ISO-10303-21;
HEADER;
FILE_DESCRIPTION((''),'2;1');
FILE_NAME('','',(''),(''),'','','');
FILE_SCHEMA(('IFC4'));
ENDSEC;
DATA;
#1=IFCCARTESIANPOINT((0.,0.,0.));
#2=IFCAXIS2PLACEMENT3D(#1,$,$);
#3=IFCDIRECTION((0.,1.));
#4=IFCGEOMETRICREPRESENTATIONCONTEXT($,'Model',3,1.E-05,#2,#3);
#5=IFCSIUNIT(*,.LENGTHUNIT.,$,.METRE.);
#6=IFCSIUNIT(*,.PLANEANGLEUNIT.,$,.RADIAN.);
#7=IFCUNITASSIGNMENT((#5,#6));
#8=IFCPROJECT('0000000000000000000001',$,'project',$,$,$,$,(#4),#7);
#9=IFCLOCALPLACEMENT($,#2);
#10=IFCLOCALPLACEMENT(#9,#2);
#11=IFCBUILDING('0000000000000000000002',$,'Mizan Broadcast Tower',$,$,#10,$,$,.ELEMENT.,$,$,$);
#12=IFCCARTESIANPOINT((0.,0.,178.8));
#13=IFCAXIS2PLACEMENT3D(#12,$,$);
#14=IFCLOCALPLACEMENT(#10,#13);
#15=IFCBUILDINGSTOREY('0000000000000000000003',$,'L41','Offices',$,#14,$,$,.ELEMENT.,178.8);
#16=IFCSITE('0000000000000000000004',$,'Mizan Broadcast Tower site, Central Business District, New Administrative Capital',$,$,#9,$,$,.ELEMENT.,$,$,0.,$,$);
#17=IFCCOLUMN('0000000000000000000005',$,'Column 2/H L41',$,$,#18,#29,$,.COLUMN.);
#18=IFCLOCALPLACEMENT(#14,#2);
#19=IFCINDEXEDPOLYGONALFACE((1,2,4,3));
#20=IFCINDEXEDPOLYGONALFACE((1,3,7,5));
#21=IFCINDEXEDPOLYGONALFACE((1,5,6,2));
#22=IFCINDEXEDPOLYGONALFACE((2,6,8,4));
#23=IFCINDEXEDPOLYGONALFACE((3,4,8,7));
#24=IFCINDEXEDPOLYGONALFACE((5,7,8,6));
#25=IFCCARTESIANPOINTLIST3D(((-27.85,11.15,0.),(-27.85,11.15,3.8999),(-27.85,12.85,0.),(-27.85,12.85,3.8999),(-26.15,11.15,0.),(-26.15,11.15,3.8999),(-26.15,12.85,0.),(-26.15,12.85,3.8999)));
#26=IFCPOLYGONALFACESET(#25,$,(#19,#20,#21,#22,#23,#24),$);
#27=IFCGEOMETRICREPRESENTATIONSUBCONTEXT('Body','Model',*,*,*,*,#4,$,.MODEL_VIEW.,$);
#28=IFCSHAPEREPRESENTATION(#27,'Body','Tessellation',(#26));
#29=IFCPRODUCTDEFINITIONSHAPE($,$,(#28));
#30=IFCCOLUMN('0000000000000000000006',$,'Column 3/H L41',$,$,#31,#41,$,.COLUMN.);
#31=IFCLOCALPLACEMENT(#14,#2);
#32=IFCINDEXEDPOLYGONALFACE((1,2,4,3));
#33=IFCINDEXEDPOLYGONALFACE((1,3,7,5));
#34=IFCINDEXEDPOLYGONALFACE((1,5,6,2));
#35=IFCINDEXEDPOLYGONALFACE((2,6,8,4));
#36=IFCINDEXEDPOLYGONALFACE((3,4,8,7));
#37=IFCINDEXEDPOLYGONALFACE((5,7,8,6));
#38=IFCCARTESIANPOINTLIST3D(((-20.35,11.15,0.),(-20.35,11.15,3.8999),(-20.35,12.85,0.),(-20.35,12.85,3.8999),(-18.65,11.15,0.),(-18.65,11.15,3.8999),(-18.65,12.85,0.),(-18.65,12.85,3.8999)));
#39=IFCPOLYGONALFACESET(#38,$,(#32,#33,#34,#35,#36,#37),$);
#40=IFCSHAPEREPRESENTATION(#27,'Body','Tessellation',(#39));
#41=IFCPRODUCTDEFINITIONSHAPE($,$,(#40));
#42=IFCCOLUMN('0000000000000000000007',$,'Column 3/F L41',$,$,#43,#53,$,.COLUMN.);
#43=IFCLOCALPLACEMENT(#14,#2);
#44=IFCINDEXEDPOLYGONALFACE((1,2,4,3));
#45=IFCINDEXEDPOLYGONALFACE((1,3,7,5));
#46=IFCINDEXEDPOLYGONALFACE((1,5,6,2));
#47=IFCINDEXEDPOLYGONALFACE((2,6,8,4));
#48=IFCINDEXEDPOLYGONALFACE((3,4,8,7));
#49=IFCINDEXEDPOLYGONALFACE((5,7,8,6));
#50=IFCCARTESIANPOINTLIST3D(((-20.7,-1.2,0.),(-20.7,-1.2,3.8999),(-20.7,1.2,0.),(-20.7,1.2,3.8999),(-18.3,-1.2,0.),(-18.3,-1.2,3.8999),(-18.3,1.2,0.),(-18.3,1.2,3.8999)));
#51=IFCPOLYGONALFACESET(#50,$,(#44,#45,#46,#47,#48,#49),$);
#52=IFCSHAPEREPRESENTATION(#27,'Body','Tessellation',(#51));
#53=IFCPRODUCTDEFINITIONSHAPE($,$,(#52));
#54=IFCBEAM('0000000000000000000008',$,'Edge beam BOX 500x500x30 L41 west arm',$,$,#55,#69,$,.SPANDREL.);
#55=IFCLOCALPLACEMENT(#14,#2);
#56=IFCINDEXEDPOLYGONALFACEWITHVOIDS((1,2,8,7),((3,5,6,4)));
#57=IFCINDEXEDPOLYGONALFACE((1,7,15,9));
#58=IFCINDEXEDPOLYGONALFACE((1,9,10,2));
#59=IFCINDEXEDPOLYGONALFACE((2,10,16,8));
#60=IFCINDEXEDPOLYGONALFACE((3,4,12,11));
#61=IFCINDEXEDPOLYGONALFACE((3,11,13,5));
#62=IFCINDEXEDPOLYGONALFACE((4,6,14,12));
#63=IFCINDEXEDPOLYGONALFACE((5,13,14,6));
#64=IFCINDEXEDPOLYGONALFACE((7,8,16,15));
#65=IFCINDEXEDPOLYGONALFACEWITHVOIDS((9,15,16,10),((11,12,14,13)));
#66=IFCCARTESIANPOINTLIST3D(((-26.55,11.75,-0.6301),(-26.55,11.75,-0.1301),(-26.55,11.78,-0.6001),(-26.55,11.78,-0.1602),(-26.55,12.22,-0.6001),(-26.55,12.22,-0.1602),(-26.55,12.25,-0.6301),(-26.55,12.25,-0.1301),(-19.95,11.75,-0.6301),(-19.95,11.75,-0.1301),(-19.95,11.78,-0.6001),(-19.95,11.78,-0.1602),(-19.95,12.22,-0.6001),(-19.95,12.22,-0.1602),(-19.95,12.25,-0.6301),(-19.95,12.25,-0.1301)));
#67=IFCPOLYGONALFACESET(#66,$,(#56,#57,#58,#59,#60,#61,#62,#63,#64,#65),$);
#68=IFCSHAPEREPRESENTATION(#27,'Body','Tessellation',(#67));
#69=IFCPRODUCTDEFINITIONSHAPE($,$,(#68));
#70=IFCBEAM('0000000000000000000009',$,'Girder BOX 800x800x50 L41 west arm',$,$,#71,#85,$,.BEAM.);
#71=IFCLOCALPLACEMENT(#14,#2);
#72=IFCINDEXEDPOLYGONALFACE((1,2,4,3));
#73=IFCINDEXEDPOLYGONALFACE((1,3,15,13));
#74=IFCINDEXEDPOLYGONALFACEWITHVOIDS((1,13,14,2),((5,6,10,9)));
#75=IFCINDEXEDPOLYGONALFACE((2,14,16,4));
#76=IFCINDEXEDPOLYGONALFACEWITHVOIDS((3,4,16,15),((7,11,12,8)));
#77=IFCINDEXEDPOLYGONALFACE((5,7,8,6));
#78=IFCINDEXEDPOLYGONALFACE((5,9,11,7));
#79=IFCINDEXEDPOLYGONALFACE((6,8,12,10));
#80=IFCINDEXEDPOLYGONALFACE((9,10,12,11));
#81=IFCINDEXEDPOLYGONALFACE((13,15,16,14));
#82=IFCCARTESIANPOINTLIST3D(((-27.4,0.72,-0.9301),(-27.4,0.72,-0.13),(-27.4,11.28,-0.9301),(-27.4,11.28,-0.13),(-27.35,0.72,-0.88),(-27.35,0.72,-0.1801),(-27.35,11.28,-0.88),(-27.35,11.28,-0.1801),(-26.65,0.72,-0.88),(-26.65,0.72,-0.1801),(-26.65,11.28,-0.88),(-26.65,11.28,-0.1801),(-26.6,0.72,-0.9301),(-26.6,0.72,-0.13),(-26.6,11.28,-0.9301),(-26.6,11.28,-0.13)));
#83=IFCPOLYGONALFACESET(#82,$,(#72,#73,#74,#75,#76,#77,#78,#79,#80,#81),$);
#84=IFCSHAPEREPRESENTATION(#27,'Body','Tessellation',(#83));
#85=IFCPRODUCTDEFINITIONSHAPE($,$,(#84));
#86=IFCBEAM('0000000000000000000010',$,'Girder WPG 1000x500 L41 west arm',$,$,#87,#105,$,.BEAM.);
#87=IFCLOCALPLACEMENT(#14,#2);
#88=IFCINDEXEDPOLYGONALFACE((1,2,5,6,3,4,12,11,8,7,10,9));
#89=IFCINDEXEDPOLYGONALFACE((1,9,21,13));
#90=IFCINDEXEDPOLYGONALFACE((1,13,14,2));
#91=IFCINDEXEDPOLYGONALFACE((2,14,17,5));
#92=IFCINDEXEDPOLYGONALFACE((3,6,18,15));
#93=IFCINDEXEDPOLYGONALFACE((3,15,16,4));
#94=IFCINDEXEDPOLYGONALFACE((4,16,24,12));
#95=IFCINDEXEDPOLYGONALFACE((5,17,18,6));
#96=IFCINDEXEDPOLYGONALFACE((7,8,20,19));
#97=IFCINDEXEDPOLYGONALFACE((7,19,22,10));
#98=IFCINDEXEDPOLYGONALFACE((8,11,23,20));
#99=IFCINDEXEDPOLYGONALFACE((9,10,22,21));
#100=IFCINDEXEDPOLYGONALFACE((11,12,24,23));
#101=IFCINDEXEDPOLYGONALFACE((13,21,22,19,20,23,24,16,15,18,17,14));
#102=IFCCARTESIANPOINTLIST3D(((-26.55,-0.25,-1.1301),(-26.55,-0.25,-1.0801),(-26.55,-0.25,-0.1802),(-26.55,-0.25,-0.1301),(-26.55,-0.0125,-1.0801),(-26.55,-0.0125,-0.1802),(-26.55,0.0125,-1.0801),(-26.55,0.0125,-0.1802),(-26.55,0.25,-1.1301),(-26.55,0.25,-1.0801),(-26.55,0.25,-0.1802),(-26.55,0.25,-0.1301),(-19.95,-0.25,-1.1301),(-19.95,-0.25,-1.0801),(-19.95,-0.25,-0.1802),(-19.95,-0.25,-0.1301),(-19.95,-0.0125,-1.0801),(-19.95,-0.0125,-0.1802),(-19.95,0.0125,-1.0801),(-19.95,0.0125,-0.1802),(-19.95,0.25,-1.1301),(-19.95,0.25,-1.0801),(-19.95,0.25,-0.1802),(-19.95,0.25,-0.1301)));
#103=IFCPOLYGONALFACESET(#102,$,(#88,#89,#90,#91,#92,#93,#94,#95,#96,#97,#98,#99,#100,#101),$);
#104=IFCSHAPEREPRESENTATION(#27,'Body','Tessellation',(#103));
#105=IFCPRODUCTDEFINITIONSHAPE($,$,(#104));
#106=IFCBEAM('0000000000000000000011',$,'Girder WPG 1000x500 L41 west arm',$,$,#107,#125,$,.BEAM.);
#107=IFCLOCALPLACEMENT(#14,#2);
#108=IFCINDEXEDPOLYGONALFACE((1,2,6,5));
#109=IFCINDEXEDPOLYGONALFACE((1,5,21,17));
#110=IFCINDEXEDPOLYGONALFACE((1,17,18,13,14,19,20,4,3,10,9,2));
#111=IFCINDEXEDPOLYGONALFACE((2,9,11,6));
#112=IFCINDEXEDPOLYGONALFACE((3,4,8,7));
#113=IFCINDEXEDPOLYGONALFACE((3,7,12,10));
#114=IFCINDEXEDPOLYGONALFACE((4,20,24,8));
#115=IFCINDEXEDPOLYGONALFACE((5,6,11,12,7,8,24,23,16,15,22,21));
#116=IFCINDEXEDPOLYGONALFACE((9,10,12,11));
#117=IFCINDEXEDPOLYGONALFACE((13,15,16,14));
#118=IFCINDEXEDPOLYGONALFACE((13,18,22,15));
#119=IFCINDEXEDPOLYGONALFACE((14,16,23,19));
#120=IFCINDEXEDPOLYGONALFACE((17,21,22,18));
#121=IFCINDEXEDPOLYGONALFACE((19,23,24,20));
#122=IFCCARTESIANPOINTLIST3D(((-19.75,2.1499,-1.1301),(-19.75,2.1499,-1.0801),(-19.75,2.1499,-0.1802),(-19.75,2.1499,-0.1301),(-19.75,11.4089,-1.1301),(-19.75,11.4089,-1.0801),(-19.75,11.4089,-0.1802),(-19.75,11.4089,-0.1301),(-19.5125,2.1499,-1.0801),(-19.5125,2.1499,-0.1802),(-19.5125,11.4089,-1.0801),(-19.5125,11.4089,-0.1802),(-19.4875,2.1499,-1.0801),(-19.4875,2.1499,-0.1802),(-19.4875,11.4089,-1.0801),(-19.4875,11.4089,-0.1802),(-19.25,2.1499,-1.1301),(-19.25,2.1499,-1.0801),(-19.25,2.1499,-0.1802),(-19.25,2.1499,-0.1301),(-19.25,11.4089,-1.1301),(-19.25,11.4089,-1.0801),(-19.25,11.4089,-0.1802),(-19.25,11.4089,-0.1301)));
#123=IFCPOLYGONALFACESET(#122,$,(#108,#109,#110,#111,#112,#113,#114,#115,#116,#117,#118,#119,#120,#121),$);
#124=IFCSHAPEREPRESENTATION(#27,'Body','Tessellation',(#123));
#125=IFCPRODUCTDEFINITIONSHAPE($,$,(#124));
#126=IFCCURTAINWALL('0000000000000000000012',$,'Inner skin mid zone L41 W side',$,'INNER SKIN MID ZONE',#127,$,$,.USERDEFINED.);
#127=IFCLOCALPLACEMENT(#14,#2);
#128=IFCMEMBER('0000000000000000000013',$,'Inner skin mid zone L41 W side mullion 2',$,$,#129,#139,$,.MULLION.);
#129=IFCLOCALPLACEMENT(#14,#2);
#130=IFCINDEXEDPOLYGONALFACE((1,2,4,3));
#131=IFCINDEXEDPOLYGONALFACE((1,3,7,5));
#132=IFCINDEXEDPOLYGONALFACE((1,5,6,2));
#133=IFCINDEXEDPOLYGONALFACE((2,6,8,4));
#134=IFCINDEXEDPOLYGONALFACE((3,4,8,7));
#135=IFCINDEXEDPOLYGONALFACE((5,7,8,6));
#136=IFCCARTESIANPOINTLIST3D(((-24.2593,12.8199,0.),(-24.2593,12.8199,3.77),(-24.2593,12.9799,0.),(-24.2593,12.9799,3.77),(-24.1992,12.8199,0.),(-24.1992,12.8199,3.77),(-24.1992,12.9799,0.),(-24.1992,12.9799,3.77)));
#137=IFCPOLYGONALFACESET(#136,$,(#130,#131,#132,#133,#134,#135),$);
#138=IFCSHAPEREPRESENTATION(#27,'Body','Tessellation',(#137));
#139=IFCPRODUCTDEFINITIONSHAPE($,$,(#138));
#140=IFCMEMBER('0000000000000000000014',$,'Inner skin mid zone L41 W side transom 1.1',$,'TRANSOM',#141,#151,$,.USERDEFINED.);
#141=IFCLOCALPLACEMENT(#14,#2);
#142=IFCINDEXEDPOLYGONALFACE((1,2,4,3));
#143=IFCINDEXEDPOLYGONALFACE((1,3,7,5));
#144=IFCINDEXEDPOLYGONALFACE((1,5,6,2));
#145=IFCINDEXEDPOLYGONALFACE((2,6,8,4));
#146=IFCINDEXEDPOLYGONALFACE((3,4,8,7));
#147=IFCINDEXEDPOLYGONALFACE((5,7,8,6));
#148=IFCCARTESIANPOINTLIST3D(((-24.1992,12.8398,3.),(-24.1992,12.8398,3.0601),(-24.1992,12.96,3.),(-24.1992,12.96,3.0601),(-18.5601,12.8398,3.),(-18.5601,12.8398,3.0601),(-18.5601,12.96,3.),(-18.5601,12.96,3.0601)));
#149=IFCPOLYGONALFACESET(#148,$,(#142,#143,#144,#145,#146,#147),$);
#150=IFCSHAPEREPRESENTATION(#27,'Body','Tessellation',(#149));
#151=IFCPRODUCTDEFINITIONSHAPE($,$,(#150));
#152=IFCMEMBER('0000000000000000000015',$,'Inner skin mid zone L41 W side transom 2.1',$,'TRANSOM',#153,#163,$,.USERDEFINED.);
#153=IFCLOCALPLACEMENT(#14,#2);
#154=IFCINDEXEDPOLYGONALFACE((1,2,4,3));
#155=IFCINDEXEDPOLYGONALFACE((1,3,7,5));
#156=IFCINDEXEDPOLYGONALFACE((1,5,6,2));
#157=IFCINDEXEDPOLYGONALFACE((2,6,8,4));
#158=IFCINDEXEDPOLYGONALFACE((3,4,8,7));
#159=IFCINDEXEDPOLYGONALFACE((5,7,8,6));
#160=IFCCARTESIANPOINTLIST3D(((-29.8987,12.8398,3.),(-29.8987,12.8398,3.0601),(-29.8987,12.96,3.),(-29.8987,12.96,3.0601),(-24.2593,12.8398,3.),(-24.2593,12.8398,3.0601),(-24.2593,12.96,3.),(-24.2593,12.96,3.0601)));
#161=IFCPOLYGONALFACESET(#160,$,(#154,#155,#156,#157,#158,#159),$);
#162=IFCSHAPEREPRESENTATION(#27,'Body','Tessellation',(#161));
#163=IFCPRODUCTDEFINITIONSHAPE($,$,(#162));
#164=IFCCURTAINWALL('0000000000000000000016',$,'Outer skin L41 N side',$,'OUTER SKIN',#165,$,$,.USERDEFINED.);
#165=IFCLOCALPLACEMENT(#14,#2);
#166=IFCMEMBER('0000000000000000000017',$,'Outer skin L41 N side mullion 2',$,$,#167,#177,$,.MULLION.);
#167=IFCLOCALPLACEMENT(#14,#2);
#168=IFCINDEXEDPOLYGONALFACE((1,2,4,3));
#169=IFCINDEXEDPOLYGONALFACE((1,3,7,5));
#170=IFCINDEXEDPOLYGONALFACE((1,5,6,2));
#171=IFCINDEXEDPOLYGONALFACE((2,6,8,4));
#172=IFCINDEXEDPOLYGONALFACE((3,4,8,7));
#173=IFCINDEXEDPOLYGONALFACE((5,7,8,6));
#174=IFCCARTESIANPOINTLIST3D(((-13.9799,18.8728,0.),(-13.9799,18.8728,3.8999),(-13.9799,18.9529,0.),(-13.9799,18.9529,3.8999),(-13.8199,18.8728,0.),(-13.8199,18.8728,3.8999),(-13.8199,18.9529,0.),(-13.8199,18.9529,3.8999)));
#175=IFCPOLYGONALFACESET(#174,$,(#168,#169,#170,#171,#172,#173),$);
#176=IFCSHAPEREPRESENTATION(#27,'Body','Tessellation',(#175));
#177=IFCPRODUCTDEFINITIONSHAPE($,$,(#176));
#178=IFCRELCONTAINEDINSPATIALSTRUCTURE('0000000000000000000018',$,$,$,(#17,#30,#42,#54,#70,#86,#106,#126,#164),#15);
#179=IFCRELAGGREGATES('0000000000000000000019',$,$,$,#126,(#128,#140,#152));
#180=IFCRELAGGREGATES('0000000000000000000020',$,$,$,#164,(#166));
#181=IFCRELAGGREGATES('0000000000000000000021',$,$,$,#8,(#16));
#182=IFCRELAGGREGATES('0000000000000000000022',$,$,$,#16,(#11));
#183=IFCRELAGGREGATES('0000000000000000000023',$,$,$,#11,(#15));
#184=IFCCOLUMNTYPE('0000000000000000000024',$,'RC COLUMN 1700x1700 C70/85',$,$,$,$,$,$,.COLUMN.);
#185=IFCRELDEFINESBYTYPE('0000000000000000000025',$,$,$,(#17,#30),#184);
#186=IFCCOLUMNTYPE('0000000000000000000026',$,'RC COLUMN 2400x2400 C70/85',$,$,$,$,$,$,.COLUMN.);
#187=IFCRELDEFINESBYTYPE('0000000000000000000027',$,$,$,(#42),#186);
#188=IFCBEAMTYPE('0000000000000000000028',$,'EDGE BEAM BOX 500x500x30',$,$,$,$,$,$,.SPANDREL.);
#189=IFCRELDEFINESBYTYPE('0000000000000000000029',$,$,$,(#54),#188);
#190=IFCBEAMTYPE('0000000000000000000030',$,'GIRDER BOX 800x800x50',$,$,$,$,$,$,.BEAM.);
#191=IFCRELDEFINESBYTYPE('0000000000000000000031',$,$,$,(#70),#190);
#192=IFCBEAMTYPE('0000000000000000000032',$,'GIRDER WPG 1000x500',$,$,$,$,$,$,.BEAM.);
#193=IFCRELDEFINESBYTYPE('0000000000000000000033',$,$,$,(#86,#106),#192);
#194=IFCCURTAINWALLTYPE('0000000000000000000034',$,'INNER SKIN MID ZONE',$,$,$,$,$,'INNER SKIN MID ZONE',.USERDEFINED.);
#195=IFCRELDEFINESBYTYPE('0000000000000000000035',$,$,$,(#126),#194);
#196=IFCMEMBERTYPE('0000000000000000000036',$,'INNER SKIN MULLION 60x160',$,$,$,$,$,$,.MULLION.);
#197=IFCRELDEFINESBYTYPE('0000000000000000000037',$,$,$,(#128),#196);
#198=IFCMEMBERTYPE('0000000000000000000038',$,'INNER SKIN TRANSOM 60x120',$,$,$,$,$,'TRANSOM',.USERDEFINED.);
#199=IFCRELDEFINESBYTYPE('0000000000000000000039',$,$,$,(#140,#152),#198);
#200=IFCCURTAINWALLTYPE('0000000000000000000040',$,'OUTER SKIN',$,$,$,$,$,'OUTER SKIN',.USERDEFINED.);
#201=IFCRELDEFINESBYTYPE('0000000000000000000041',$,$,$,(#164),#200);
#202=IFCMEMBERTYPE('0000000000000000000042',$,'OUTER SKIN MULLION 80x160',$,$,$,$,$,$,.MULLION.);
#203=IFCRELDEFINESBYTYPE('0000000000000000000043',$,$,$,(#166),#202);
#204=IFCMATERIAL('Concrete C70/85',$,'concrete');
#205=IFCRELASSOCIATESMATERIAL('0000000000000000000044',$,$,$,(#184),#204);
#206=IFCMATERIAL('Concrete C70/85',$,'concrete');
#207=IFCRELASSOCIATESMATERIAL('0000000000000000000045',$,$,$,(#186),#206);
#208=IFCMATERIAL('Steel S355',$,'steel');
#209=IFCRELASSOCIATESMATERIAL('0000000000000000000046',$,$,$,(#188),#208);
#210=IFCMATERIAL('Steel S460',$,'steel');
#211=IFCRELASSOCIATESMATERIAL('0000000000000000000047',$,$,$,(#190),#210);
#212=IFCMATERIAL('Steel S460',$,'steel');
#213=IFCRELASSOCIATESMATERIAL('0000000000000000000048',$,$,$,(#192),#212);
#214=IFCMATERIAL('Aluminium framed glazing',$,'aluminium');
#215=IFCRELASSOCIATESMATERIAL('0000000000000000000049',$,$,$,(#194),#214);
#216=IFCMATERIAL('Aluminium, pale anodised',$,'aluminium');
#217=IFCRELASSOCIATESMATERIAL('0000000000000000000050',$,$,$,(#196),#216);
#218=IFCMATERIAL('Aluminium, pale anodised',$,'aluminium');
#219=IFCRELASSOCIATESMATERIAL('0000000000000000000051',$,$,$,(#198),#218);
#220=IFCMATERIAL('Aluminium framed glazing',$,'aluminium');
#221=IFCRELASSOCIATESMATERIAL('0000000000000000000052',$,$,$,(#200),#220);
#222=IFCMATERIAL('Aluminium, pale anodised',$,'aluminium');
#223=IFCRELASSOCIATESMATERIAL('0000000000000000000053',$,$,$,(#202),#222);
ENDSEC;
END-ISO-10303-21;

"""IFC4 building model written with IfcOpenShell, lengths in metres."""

from ifc_helpers import new_model, si_unit, direction, frame, origin, origin_2d, place, context, subcontext, project, spatial, rectangle, hollow_rectangle, i_section, extrude, material, material_profile, profile_set, type_object, element, aggregate, save


model = new_model("IFC4")

# Units and contexts
model_context = context("Model", 3, precision=1e-05, world=origin(), true_north=direction((0.0, 1.0)))
body_context = subcontext(model_context, "Body", "Model", "MODEL_VIEW")
ifc_project = project(units=[si_unit("LENGTHUNIT", "METRE"), si_unit("PLANEANGLEUNIT", "RADIAN")], contexts=[model_context])

# Site, building, storey
site_placement = place(None, origin())
site = spatial("IfcSite", under=ifc_project, at=site_placement, Name="Mizan Broadcast Tower site, Central Business District, New Administrative Capital", CompositionType="ELEMENT", RefElevation=0.0)
building_placement = place(site_placement, origin())
building = spatial("IfcBuilding", under=site, at=building_placement, Name="Mizan Broadcast Tower", CompositionType="ELEMENT")
storey_placement = place(building_placement, frame((0.0, 0.0, 178.8)))
storey = spatial("IfcBuildingStorey", under=building, at=storey_placement, Name="L41", Description="Offices", CompositionType="ELEMENT", Elevation=178.8)

# Columns
ifc_material_1 = material(Name="Concrete C70/85", Category="concrete")
ifc_material_profile_1 = material_profile(ifc_material_1, rectangle(XDim=1.7, YDim=1.7, at=origin_2d()), Name="RC 1700x1700")
ifc_profile_set_1 = profile_set([ifc_material_profile_1], Name="Concrete C70/85")
column_type_1 = type_object("IfcColumnType", Name="RC COLUMN 1700x1700 C70/85", PredefinedType="COLUMN", material=ifc_profile_set_1)
for number, where, z_axis, x_axis, name in (
    (1, (-27.0, 12.0, 0.0), (0.0, 0.0, 1.0), (1.0, 0.0, 0.0), "Column 2/H L41"),
    (2, (-19.5, 12.0, 0.0), (0.0, 0.0, 1.0), (1.0, 0.0, 0.0), "Column 3/H L41"),
):
    element("IfcColumn", number, at=place(storey_placement, frame(where, z_axis=z_axis, x_axis=x_axis)), inside=storey, type_object=column_type_1, Name=name, PredefinedType="COLUMN", context=body_context, shape_type="SweptSolid", body=[
        extrude(rectangle(XDim=1.7, YDim=1.7, at=origin_2d()), origin(), (0.0, 0.0, 1.0), 3.8999),
    ])
ifc_material_2 = material(Name="Concrete C70/85", Category="concrete")
ifc_material_profile_2 = material_profile(ifc_material_2, rectangle(XDim=2.3999, YDim=2.3999, at=origin_2d()), Name="RC 2400x2400")
ifc_profile_set_2 = profile_set([ifc_material_profile_2], Name="Concrete C70/85")
column_type_2 = type_object("IfcColumnType", Name="RC COLUMN 2400x2400 C70/85", PredefinedType="COLUMN", material=ifc_profile_set_2)
column_placement = place(storey_placement, frame((-19.5, 0.0, 0.0), z_axis=(0.0, 0.0, 1.0), x_axis=(1.0, 0.0, 0.0)))
element("IfcColumn", 3, at=column_placement, inside=storey, type_object=column_type_2, Name="Column 3/F L41", PredefinedType="COLUMN", context=body_context, shape_type="SweptSolid", body=[
    extrude(rectangle(XDim=2.3999, YDim=2.3999, at=origin_2d()), origin(), (0.0, 0.0, 1.0), 3.8999),
])

# Beams
ifc_material_3 = material(Name="Steel S355", Category="steel")
ifc_material_profile_3 = material_profile(ifc_material_3, hollow_rectangle(XDim=0.5, YDim=0.5, WallThickness=0.03, at=origin_2d()), Name="BOX 500x500x30")
ifc_profile_set_3 = profile_set([ifc_material_profile_3], Name="Steel S355")
beam_type_1 = type_object("IfcBeamType", Name="EDGE BEAM BOX 500x500x30", PredefinedType="SPANDREL", material=ifc_profile_set_3)
beam_1_placement = place(storey_placement, frame((-19.95, 12.0, -0.3801), z_axis=(-1.0, 0.0, 0.0), x_axis=(0.0, -1.0, 0.0)))
element("IfcBeam", 4, at=beam_1_placement, inside=storey, type_object=beam_type_1, Name="Edge beam BOX 500x500x30 L41 west arm", PredefinedType="SPANDREL", context=body_context, shape_type="SweptSolid", body=[
    extrude(hollow_rectangle(XDim=0.5, YDim=0.5, WallThickness=0.03, at=origin_2d()), origin(), (0.0, 0.0, 1.0), 6.6001),
])
ifc_material_4 = material(Name="Steel S460", Category="steel")
ifc_material_profile_4 = material_profile(ifc_material_4, hollow_rectangle(XDim=0.8, YDim=0.8, WallThickness=0.05, at=origin_2d()), Name="BOX 800x800x50")
ifc_profile_set_4 = profile_set([ifc_material_profile_4], Name="Steel S460")
beam_type_2 = type_object("IfcBeamType", Name="GIRDER BOX 800x800x50", PredefinedType="BEAM", material=ifc_profile_set_4)
beam_2_placement = place(storey_placement, frame((-27.0, 11.28, -0.53), z_axis=(0.0, -1.0, 0.0), x_axis=(1.0, 0.0, 0.0)))
element("IfcBeam", 5, at=beam_2_placement, inside=storey, type_object=beam_type_2, Name="Girder BOX 800x800x50 L41 west arm", PredefinedType="BEAM", context=body_context, shape_type="SweptSolid", body=[
    extrude(hollow_rectangle(XDim=0.8, YDim=0.8, WallThickness=0.05, at=origin_2d()), origin(), (0.0, 0.0, 1.0), 10.5601),
])
ifc_material_5 = material(Name="Steel S460", Category="steel")
ifc_material_profile_5 = material_profile(ifc_material_5, i_section(OverallWidth=0.5, OverallDepth=1.0, WebThickness=0.0249, FlangeThickness=0.05, at=origin_2d()), Name="WPG 1000x500")
ifc_profile_set_5 = profile_set([ifc_material_profile_5], Name="Steel S460")
beam_type_3 = type_object("IfcBeamType", Name="GIRDER WPG 1000x500", PredefinedType="BEAM", material=ifc_profile_set_5)
beam_3_placement = place(storey_placement, frame((-19.95, 0.0, -0.6301), z_axis=(-1.0, 0.0, 0.0), x_axis=(0.0, -1.0, 0.0)))
element("IfcBeam", 6, at=beam_3_placement, inside=storey, type_object=beam_type_3, Name="Girder WPG 1000x500 L41 west arm", PredefinedType="BEAM", context=body_context, shape_type="SweptSolid", body=[
    extrude(i_section(OverallWidth=0.5, OverallDepth=1.0, WebThickness=0.0249, FlangeThickness=0.05, at=origin_2d()), origin(), (0.0, 0.0, 1.0), 6.6001),
])
beam_4_placement = place(storey_placement, frame((-19.5, 11.4089, -0.6301), z_axis=(0.0, -1.0, 0.0), x_axis=(1.0, 0.0, 0.0)))
element("IfcBeam", 7, at=beam_4_placement, inside=storey, type_object=beam_type_3, Name="Girder WPG 1000x500 L41 west arm", PredefinedType="BEAM", context=body_context, shape_type="SweptSolid", body=[
    extrude(i_section(OverallWidth=0.5, OverallDepth=1.0, WebThickness=0.0249, FlangeThickness=0.05, at=origin_2d()), origin(), (0.0, 0.0, 1.0), 9.259),
])

# Curtain wall, members
ifc_material_6 = material(Name="Aluminium framed glazing", Category="aluminium")
curtain_wall_type_1 = type_object("IfcCurtainWallType", Name="INNER SKIN MID ZONE", ElementType="INNER SKIN MID ZONE", PredefinedType="USERDEFINED", material=ifc_material_6)
curtain_wall_1_placement = place(storey_placement, origin())
curtain_wall_1 = element("IfcCurtainWall", 8, at=curtain_wall_1_placement, inside=storey, type_object=curtain_wall_type_1, Name="Inner skin mid zone L41 W side", ObjectType="INNER SKIN MID ZONE", PredefinedType="USERDEFINED")
ifc_material_7 = material(Name="Aluminium, pale anodised", Category="aluminium")
ifc_material_profile_6 = material_profile(ifc_material_7, rectangle(XDim=0.1599, YDim=0.0601, at=origin_2d()), Name="MULLION 160x60")
ifc_profile_set_6 = profile_set([ifc_material_profile_6], Name="Aluminium, pale anodised")
member_type_1 = type_object("IfcMemberType", Name="INNER SKIN MULLION 60x160", PredefinedType="MULLION", material=ifc_profile_set_6)
member_1_placement = place(storey_placement, frame((-24.2292, 12.8999, 0.0), z_axis=(0.0, 0.0, 1.0), x_axis=(0.0, -1.0, 0.0)))
member_1 = element("IfcMember", 9, at=member_1_placement, type_object=member_type_1, Name="Inner skin mid zone L41 W side mullion 2", PredefinedType="MULLION", context=body_context, shape_type="SweptSolid", body=[
    extrude(rectangle(XDim=0.1599, YDim=0.0601, at=origin_2d()), origin(), (0.0, 0.0, 1.0), 3.77),
])
ifc_material_8 = material(Name="Aluminium, pale anodised", Category="aluminium")
ifc_material_profile_7 = material_profile(ifc_material_8, rectangle(XDim=0.1201, YDim=0.0601, at=origin_2d()), Name="TRANSOM 120x60")
ifc_profile_set_7 = profile_set([ifc_material_profile_7], Name="Aluminium, pale anodised")
member_type_2 = type_object("IfcMemberType", Name="INNER SKIN TRANSOM 60x120", ElementType="TRANSOM", PredefinedType="USERDEFINED", material=ifc_profile_set_7)
member_2_placement = place(storey_placement, frame((-18.5601, 12.8999, 3.03), z_axis=(-1.0, 0.0, 0.0), x_axis=(0.0, -1.0, 0.0)))
member_2 = element("IfcMember", 10, at=member_2_placement, type_object=member_type_2, Name="Inner skin mid zone L41 W side transom 1.1", ObjectType="TRANSOM", PredefinedType="USERDEFINED", context=body_context, shape_type="SweptSolid", body=[
    extrude(rectangle(XDim=0.1201, YDim=0.0601, at=origin_2d()), origin(), (0.0, 0.0, 1.0), 5.6392),
])
member_3_placement = place(storey_placement, frame((-24.2593, 12.8999, 3.03), z_axis=(-1.0, 0.0, 0.0), x_axis=(0.0, -1.0, 0.0)))
member_3 = element("IfcMember", 11, at=member_3_placement, type_object=member_type_2, Name="Inner skin mid zone L41 W side transom 2.1", ObjectType="TRANSOM", PredefinedType="USERDEFINED", context=body_context, shape_type="SweptSolid", body=[
    extrude(rectangle(XDim=0.1201, YDim=0.0601, at=origin_2d()), origin(), (0.0, 0.0, 1.0), 5.6394),
])

# Curtain wall, member
ifc_material_9 = material(Name="Aluminium framed glazing", Category="aluminium")
curtain_wall_type_2 = type_object("IfcCurtainWallType", Name="OUTER SKIN", ElementType="OUTER SKIN", PredefinedType="USERDEFINED", material=ifc_material_9)
curtain_wall_2_placement = place(storey_placement, origin())
curtain_wall_2 = element("IfcCurtainWall", 12, at=curtain_wall_2_placement, inside=storey, type_object=curtain_wall_type_2, Name="Outer skin L41 N side", ObjectType="OUTER SKIN", PredefinedType="USERDEFINED")
ifc_material_10 = material(Name="Aluminium, pale anodised", Category="aluminium")
ifc_material_profile_8 = material_profile(ifc_material_10, rectangle(XDim=0.1599, YDim=0.0801, at=origin_2d()), Name="MULLION 160x80")
ifc_profile_set_8 = profile_set([ifc_material_profile_8], Name="Aluminium, pale anodised")
member_type_3 = type_object("IfcMemberType", Name="OUTER SKIN MULLION 80x160", PredefinedType="MULLION", material=ifc_profile_set_8)
member_4_placement = place(storey_placement, frame((-13.8999, 18.9128, 0.0), z_axis=(0.0, 0.0, 1.0), x_axis=(1.0, 0.0, 0.0)))
member_4 = element("IfcMember", 13, at=member_4_placement, type_object=member_type_3, Name="Outer skin L41 N side mullion 2", PredefinedType="MULLION", context=body_context, shape_type="SweptSolid", body=[
    extrude(rectangle(XDim=0.1599, YDim=0.0801, at=origin_2d()), origin(), (0.0, 0.0, 1.0), 3.8999),
])

aggregate(curtain_wall_1, [member_1, member_2, member_3])
aggregate(curtain_wall_2, [member_4])

save(model, "model.ifc")
